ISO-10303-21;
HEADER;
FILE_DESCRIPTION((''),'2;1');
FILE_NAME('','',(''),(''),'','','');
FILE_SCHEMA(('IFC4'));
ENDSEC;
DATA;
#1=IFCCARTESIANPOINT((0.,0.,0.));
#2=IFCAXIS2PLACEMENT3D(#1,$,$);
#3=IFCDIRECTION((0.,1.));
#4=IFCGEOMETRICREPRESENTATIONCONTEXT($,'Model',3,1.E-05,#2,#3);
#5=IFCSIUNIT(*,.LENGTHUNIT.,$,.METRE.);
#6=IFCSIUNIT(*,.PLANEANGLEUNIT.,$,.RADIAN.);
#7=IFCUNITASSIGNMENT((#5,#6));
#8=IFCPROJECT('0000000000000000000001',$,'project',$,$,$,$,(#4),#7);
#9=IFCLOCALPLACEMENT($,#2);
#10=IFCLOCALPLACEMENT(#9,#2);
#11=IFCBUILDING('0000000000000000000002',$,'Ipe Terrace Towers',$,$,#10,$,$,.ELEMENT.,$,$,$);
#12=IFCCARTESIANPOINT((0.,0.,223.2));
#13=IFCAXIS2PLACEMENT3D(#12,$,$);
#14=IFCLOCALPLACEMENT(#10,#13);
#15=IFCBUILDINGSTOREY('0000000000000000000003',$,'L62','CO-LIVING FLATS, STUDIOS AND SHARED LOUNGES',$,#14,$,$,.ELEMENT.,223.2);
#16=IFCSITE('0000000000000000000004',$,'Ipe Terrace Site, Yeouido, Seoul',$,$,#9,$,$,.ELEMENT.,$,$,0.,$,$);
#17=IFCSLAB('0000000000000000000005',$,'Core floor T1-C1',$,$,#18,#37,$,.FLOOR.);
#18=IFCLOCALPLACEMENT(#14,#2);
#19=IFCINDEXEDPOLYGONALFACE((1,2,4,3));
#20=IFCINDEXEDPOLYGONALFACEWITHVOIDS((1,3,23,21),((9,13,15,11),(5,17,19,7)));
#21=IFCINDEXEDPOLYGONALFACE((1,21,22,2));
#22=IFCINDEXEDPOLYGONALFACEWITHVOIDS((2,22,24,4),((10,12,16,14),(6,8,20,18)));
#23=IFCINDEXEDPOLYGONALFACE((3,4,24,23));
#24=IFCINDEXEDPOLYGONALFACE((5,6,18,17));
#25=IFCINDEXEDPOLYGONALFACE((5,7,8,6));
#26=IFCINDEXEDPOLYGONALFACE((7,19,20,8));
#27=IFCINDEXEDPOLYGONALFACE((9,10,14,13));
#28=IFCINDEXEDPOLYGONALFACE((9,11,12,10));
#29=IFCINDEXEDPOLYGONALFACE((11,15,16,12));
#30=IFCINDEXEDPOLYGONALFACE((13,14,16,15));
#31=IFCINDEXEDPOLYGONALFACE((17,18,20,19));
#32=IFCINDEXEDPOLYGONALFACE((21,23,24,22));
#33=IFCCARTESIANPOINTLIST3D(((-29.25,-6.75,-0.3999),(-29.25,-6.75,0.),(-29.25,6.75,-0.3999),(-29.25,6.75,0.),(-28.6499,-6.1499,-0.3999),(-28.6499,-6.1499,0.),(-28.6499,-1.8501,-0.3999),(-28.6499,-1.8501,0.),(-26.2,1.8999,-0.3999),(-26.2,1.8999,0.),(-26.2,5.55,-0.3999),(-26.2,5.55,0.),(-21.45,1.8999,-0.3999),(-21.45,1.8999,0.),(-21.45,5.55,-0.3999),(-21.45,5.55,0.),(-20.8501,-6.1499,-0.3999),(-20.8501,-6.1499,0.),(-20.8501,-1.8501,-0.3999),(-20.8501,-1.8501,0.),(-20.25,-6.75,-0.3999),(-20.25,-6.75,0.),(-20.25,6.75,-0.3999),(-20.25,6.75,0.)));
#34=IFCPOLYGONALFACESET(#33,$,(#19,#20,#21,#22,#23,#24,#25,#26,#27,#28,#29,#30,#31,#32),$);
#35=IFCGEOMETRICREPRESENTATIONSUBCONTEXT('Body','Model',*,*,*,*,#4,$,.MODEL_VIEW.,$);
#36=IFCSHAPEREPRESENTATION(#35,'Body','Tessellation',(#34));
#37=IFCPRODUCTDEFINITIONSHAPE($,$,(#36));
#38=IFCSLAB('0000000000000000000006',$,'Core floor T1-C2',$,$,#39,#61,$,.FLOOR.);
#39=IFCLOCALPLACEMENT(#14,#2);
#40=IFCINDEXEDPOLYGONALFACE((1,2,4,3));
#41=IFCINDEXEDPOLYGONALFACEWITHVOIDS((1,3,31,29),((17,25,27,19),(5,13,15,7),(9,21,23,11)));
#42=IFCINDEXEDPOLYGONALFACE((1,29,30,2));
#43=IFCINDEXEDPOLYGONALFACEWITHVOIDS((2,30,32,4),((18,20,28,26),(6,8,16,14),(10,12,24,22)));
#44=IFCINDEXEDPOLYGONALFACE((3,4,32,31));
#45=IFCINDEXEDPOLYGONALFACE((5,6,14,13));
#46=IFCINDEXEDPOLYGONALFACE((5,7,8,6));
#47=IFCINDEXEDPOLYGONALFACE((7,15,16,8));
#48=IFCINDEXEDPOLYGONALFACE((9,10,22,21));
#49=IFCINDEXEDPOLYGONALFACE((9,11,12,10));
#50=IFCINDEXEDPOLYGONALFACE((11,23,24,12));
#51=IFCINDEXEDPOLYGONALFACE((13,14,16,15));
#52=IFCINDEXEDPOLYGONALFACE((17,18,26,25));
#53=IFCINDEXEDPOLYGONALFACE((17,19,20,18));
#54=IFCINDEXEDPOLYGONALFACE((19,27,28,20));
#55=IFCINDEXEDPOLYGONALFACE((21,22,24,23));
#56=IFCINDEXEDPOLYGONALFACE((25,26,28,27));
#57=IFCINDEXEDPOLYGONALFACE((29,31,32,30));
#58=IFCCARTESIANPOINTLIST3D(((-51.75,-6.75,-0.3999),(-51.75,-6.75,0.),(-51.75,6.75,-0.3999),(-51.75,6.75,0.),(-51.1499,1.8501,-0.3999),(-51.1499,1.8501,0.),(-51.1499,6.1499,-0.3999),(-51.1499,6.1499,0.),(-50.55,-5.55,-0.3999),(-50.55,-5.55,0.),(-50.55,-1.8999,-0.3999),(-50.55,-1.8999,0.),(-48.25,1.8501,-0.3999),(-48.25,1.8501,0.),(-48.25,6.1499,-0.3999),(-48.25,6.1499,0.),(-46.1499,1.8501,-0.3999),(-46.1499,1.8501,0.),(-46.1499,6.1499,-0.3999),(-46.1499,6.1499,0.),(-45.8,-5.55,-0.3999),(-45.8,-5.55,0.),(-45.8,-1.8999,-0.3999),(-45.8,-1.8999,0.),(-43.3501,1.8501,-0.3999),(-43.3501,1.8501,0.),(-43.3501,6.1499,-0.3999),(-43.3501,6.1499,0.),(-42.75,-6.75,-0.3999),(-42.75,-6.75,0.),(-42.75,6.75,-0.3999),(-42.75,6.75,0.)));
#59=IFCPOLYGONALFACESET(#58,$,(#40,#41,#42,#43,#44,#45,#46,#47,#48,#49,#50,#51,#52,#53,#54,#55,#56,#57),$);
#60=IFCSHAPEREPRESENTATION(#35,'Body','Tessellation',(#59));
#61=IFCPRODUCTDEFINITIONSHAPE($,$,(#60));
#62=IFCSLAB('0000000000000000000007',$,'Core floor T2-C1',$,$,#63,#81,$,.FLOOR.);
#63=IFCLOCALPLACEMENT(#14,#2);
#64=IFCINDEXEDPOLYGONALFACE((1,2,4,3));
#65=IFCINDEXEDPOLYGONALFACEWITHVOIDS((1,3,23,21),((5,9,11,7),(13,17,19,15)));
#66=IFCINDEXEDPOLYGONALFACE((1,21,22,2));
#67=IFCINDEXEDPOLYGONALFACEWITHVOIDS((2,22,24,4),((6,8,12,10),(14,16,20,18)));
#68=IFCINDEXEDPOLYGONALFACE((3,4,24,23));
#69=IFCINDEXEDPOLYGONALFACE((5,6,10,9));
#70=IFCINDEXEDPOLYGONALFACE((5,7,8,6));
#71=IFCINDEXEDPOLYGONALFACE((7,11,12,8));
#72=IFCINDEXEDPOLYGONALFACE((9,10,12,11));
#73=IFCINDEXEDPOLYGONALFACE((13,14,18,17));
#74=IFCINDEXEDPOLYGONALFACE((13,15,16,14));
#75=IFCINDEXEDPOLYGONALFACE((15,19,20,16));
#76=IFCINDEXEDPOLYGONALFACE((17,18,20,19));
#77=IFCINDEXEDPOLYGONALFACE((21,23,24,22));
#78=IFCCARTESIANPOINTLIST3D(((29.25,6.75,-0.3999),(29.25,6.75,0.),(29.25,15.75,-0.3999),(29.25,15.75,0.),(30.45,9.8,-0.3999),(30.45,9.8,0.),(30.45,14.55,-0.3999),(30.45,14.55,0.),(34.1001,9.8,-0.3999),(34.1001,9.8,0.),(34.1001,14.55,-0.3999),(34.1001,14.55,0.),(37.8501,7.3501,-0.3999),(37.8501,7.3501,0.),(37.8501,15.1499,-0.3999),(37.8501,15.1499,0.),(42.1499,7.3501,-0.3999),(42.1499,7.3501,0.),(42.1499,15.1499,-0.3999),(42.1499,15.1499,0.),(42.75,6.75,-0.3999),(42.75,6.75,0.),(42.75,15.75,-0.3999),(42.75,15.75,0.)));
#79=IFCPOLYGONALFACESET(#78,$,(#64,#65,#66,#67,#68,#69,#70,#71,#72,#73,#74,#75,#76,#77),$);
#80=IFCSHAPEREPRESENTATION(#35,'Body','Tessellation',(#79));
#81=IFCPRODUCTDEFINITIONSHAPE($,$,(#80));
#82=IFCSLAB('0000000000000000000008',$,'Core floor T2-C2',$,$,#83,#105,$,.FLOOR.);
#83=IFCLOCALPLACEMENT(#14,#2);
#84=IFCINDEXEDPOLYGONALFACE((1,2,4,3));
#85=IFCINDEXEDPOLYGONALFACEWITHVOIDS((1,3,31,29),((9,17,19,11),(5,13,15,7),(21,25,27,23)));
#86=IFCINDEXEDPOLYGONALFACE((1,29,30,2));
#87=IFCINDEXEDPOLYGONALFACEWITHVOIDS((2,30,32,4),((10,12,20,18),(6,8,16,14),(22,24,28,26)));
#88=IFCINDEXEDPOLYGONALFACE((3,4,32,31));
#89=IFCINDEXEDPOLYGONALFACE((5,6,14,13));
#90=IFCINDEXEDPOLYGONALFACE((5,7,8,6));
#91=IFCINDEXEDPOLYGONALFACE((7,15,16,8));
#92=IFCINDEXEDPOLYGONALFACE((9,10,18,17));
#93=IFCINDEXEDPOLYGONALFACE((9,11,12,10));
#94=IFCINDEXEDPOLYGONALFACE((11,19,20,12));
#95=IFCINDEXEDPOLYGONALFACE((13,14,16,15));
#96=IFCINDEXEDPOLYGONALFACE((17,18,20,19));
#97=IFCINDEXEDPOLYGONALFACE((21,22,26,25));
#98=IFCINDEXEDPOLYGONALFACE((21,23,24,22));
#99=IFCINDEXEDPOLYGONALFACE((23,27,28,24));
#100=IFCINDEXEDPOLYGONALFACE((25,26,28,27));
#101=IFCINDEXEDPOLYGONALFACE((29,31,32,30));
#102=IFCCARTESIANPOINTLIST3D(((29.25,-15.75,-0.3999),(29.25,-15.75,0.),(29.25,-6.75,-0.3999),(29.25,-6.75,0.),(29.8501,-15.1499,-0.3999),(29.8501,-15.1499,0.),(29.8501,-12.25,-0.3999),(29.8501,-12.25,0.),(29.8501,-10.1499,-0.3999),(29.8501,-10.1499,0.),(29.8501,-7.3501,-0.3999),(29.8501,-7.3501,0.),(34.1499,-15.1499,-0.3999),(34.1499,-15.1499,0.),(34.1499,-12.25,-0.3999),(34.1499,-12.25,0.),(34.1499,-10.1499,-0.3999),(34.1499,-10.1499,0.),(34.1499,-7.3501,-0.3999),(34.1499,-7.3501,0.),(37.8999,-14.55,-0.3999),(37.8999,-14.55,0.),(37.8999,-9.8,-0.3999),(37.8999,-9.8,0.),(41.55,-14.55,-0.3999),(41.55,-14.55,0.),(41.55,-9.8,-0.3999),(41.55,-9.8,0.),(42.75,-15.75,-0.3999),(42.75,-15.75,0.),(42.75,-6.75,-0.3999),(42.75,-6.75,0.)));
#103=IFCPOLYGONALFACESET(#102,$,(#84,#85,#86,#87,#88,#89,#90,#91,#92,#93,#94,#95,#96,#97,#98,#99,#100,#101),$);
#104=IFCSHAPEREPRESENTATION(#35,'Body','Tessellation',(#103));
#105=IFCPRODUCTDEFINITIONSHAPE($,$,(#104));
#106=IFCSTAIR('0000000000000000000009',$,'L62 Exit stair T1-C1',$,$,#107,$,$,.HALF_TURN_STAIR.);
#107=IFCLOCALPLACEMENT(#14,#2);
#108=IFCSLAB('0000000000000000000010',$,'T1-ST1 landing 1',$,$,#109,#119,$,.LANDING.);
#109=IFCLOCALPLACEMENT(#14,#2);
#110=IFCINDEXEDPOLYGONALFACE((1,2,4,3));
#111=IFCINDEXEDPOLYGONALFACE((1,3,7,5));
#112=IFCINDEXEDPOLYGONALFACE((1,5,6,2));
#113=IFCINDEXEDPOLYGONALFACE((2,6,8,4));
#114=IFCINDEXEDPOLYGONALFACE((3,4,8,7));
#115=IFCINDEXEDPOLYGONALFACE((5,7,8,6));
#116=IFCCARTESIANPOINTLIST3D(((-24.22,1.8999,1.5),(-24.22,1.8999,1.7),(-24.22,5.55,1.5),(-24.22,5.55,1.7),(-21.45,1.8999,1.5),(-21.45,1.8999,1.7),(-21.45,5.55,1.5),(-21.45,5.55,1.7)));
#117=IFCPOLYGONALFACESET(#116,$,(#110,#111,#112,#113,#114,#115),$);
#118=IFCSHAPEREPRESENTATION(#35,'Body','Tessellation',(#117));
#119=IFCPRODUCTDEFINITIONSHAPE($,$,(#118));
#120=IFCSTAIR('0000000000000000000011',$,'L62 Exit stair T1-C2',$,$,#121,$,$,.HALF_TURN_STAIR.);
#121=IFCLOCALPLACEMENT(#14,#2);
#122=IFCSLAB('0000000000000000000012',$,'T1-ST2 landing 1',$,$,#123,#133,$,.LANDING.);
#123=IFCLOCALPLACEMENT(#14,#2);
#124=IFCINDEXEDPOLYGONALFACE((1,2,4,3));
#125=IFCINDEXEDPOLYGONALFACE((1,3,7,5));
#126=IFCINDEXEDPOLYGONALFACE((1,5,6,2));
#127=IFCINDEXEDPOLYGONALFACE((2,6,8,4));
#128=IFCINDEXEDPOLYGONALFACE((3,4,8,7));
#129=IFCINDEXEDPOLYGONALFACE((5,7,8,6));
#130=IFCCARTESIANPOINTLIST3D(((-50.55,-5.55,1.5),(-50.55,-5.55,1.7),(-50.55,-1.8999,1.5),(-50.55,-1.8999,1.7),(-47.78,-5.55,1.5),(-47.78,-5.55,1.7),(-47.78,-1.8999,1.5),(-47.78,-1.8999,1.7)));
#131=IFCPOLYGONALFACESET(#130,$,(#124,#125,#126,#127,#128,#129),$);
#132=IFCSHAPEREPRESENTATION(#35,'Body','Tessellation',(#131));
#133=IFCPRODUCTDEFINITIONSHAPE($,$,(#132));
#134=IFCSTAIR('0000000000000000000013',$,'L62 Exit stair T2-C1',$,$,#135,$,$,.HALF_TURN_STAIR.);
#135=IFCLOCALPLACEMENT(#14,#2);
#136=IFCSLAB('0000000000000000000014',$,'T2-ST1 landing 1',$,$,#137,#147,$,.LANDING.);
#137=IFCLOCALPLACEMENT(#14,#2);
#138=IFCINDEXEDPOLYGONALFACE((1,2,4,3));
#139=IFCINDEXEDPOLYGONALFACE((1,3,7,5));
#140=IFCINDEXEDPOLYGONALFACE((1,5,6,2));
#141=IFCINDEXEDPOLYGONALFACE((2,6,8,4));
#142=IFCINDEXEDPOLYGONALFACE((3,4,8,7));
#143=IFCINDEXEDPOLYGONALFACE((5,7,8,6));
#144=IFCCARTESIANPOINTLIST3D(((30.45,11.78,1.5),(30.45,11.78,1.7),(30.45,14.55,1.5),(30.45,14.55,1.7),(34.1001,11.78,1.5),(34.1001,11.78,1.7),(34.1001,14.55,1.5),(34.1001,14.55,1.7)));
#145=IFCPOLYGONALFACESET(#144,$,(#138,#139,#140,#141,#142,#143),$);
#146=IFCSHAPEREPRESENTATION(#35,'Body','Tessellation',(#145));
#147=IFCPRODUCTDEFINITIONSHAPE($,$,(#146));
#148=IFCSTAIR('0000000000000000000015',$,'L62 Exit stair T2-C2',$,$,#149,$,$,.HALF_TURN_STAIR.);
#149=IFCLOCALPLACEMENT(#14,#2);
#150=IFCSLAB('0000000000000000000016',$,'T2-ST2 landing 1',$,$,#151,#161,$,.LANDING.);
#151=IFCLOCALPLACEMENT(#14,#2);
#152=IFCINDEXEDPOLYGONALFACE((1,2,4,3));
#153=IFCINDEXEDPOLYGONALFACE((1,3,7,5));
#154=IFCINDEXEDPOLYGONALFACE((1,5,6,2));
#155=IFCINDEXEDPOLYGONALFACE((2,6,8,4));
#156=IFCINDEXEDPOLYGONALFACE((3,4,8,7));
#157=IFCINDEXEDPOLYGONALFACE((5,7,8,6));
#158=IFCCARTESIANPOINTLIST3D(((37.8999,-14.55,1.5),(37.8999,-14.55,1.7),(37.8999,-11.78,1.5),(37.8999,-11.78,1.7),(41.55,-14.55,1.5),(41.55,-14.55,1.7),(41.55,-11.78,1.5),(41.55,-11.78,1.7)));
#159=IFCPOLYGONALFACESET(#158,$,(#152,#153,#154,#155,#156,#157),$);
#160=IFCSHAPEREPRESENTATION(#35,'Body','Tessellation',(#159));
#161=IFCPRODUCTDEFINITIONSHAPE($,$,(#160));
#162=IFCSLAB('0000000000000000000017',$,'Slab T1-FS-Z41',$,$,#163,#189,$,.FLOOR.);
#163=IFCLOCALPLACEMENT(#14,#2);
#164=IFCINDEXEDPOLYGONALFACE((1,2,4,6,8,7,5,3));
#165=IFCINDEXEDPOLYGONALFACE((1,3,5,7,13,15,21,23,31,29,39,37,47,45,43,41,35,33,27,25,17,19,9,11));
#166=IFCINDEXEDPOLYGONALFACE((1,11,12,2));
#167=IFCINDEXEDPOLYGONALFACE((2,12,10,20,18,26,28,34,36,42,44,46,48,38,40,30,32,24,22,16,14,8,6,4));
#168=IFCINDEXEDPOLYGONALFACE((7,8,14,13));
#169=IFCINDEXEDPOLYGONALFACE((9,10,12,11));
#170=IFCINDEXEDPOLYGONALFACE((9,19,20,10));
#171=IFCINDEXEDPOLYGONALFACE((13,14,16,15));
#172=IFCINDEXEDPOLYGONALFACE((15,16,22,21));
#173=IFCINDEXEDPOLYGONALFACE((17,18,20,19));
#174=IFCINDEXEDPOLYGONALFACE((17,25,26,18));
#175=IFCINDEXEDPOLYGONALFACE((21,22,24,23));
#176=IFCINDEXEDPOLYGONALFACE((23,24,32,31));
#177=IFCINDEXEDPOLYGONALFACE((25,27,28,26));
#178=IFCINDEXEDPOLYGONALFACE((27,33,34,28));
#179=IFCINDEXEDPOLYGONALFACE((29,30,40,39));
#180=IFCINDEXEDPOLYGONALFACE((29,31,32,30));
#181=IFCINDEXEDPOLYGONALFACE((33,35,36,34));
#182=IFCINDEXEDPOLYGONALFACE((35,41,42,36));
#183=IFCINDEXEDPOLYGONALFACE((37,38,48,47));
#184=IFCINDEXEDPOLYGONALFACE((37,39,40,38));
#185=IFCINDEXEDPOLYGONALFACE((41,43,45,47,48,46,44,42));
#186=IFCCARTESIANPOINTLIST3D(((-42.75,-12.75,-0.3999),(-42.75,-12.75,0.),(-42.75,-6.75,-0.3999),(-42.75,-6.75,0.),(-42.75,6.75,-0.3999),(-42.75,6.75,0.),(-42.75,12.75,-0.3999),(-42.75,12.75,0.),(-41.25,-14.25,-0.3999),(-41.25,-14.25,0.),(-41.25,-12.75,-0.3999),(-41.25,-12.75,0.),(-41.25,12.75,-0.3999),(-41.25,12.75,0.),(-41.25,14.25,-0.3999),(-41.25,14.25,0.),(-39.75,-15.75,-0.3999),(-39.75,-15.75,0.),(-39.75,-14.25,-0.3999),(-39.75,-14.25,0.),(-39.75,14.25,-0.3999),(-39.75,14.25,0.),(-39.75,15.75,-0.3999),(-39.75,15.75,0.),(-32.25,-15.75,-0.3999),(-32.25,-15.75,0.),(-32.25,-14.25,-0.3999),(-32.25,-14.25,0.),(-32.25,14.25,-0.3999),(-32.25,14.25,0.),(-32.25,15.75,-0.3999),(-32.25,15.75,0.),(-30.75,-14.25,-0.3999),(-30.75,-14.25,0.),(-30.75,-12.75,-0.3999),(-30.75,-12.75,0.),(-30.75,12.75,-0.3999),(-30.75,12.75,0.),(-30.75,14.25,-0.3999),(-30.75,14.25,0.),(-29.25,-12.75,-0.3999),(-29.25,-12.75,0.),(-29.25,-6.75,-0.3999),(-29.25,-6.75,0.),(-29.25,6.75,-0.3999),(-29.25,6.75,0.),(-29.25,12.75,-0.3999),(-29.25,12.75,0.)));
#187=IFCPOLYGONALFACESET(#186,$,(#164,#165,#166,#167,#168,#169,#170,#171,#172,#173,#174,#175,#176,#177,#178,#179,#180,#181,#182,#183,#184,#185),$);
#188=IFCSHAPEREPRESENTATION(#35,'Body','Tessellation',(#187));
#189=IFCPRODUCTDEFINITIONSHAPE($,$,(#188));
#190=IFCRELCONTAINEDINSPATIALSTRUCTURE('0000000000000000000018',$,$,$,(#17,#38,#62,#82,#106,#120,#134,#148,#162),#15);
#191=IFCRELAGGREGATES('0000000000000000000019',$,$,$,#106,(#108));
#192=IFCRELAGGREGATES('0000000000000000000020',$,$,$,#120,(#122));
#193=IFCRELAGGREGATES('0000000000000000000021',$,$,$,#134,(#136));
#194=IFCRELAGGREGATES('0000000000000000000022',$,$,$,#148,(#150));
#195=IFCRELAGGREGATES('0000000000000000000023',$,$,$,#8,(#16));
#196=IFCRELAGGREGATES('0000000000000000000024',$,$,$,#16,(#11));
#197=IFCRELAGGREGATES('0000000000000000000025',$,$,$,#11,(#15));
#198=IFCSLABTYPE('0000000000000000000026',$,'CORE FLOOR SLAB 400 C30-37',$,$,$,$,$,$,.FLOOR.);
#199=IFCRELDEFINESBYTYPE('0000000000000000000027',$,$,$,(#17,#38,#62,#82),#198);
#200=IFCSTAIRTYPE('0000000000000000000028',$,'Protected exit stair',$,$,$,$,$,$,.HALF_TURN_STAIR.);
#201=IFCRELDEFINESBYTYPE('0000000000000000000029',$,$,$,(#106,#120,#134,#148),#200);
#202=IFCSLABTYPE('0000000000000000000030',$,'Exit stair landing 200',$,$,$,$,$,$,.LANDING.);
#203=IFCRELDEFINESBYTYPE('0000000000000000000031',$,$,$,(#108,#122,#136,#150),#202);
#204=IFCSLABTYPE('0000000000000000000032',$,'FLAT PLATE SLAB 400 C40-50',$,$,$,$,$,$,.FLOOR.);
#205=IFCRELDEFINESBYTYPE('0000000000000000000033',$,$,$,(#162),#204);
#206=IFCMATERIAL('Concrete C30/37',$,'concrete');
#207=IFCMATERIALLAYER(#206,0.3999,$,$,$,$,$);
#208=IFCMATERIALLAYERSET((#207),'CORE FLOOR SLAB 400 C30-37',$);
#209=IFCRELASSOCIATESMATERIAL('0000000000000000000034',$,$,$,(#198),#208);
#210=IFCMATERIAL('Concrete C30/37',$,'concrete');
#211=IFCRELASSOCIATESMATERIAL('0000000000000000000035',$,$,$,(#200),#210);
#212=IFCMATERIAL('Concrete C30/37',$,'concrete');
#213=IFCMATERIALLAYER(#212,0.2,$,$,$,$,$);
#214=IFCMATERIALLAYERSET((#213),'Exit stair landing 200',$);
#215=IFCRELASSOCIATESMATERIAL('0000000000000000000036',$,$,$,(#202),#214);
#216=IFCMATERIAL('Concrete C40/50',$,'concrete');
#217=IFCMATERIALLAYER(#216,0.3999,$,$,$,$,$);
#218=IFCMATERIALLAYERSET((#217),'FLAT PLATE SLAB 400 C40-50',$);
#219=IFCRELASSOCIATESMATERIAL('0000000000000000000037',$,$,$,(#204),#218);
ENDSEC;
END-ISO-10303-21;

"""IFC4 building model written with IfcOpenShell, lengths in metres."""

from ifc_helpers import new_model, si_unit, direction, frame, origin, place, context, subcontext, project, spatial, polyline, outline, extrude, material, layer, layer_set, type_object, element, aggregate, save


model = new_model("IFC4")

# Units and contexts
model_context = context("Model", 3, precision=1e-05, world=origin(), true_north=direction((0.0, 1.0)))
body_context = subcontext(model_context, "Body", "Model", "MODEL_VIEW")
ifc_project = project(units=[si_unit("LENGTHUNIT", "METRE"), si_unit("PLANEANGLEUNIT", "RADIAN")], contexts=[model_context])

# Site, building, storey
site_placement = place(None, origin())
site = spatial("IfcSite", under=ifc_project, at=site_placement, Name="Ipe Terrace Site, Yeouido, Seoul", CompositionType="ELEMENT", RefElevation=0.0)
building_placement = place(site_placement, origin())
building = spatial("IfcBuilding", under=site, at=building_placement, Name="Ipe Terrace Towers", CompositionType="ELEMENT")
storey_placement = place(building_placement, frame((0.0, 0.0, 223.2)))
storey = spatial("IfcBuildingStorey", under=building, at=storey_placement, Name="L62", Description="CO-LIVING FLATS, STUDIOS AND SHARED LOUNGES", CompositionType="ELEMENT", Elevation=223.2)

# Slabs
ifc_material_1 = material(Name="Concrete C30/37", Category="concrete")
ifc_layer_1 = layer(ifc_material_1, 0.3999)
ifc_layer_set_1 = layer_set([ifc_layer_1], Name="CORE FLOOR SLAB 400 C30-37")
slab_type_1 = type_object("IfcSlabType", Name="CORE FLOOR SLAB 400 C30-37", PredefinedType="FLOOR", material=ifc_layer_set_1)
slab_1_placement = place(storey_placement, frame((0.0, 0.0, -0.3999)))
element("IfcSlab", 1, at=slab_1_placement, inside=storey, type_object=slab_type_1, Name="Core floor T1-C1", PredefinedType="FLOOR", context=body_context, shape_type="SweptSolid", body=[
    extrude(outline(polyline([(-29.25, -6.75), (-29.25, 6.75), (-20.25, 6.75), (-20.25, -6.75), (-29.25, -6.75)]), holes=[polyline([(-28.6499, -6.1499), (-20.8501, -6.1499), (-20.8501, -1.8501), (-28.6499, -1.8501), (-28.6499, -6.1499)]), polyline([(-26.2, 5.55), (-26.2, 1.8999), (-21.45, 1.8999), (-21.45, 5.55), (-26.2, 5.55)])]), origin(), (0.0, 0.0, 1.0), 0.3999),
])
slab_2_placement = place(storey_placement, frame((0.0, 0.0, -0.3999)))
element("IfcSlab", 2, at=slab_2_placement, inside=storey, type_object=slab_type_1, Name="Core floor T1-C2", PredefinedType="FLOOR", context=body_context, shape_type="SweptSolid", body=[
    extrude(outline(polyline([(-51.75, -6.75), (-51.75, 6.75), (-42.75, 6.75), (-42.75, -6.75), (-51.75, -6.75)]), holes=[polyline([(-45.8, -1.8999), (-50.55, -1.8999), (-50.55, -5.55), (-45.8, -5.55), (-45.8, -1.8999)]), polyline([(-48.25, 1.8501), (-48.25, 6.1499), (-51.1499, 6.1499), (-51.1499, 1.8501), (-48.25, 1.8501)]), polyline([(-43.3501, 1.8501), (-43.3501, 6.1499), (-46.1499, 6.1499), (-46.1499, 1.8501), (-43.3501, 1.8501)])]), origin(), (0.0, 0.0, 1.0), 0.3999),
])
slab_3_placement = place(storey_placement, frame((0.0, 0.0, -0.3999)))
element("IfcSlab", 3, at=slab_3_placement, inside=storey, type_object=slab_type_1, Name="Core floor T2-C1", PredefinedType="FLOOR", context=body_context, shape_type="SweptSolid", body=[
    extrude(outline(polyline([(29.25, 6.75), (29.25, 15.75), (42.75, 15.75), (42.75, 6.75), (29.25, 6.75)]), holes=[polyline([(42.1499, 7.3501), (42.1499, 15.1499), (37.8501, 15.1499), (37.8501, 7.3501), (42.1499, 7.3501)]), polyline([(30.45, 9.8), (34.1001, 9.8), (34.1001, 14.55), (30.45, 14.55), (30.45, 9.8)])]), origin(), (0.0, 0.0, 1.0), 0.3999),
])
slab_4_placement = place(storey_placement, frame((0.0, 0.0, -0.3999)))
element("IfcSlab", 4, at=slab_4_placement, inside=storey, type_object=slab_type_1, Name="Core floor T2-C2", PredefinedType="FLOOR", context=body_context, shape_type="SweptSolid", body=[
    extrude(outline(polyline([(29.25, -15.75), (29.25, -6.75), (42.75, -6.75), (42.75, -15.75), (29.25, -15.75)]), holes=[polyline([(29.8501, -12.25), (29.8501, -15.1499), (34.1499, -15.1499), (34.1499, -12.25), (29.8501, -12.25)]), polyline([(41.55, -9.8), (37.8999, -9.8), (37.8999, -14.55), (41.55, -14.55), (41.55, -9.8)]), polyline([(34.1499, -7.3501), (29.8501, -7.3501), (29.8501, -10.1499), (34.1499, -10.1499), (34.1499, -7.3501)])]), origin(), (0.0, 0.0, 1.0), 0.3999),
])

# Stairs, slabs
ifc_material_2 = material(Name="Concrete C30/37", Category="concrete")
stair_type = type_object("IfcStairType", Name="Protected exit stair", PredefinedType="HALF_TURN_STAIR", material=ifc_material_2)
stair_1_placement = place(storey_placement, origin())
stair_1 = element("IfcStair", 5, at=stair_1_placement, inside=storey, type_object=stair_type, Name="L62 Exit stair T1-C1", PredefinedType="HALF_TURN_STAIR")
ifc_material_3 = material(Name="Concrete C30/37", Category="concrete")
ifc_layer_2 = layer(ifc_material_3, 0.2)
ifc_layer_set_2 = layer_set([ifc_layer_2], Name="Exit stair landing 200")
slab_type_2 = type_object("IfcSlabType", Name="Exit stair landing 200", PredefinedType="LANDING", material=ifc_layer_set_2)
slab_5_placement = place(storey_placement, frame((0.0, 0.0, 1.5)))
slab_5 = element("IfcSlab", 6, at=slab_5_placement, type_object=slab_type_2, Name="T1-ST1 landing 1", PredefinedType="LANDING", context=body_context, shape_type="SweptSolid", body=[
    extrude(outline(polyline([(-24.22, 1.8999), (-21.45, 1.8999), (-21.45, 5.55), (-24.22, 5.55), (-24.22, 1.8999)])), origin(), (0.0, 0.0, 1.0), 0.2),
])
aggregate(stair_1, [slab_5])
stair_2_placement = place(storey_placement, origin())
stair_2 = element("IfcStair", 7, at=stair_2_placement, inside=storey, type_object=stair_type, Name="L62 Exit stair T1-C2", PredefinedType="HALF_TURN_STAIR")
slab_6_placement = place(storey_placement, frame((0.0, 0.0, 1.5)))
slab_6 = element("IfcSlab", 8, at=slab_6_placement, type_object=slab_type_2, Name="T1-ST2 landing 1", PredefinedType="LANDING", context=body_context, shape_type="SweptSolid", body=[
    extrude(outline(polyline([(-47.78, -1.8999), (-50.55, -1.8999), (-50.55, -5.55), (-47.78, -5.55), (-47.78, -1.8999)])), origin(), (0.0, 0.0, 1.0), 0.2),
])
aggregate(stair_2, [slab_6])
stair_3_placement = place(storey_placement, origin())
stair_3 = element("IfcStair", 9, at=stair_3_placement, inside=storey, type_object=stair_type, Name="L62 Exit stair T2-C1", PredefinedType="HALF_TURN_STAIR")
slab_7_placement = place(storey_placement, frame((0.0, 0.0, 1.5)))
slab_7 = element("IfcSlab", 10, at=slab_7_placement, type_object=slab_type_2, Name="T2-ST1 landing 1", PredefinedType="LANDING", context=body_context, shape_type="SweptSolid", body=[
    extrude(outline(polyline([(34.1001, 11.78), (34.1001, 14.55), (30.45, 14.55), (30.45, 11.78), (34.1001, 11.78)])), origin(), (0.0, 0.0, 1.0), 0.2),
])
aggregate(stair_3, [slab_7])
stair_4_placement = place(storey_placement, origin())
stair_4 = element("IfcStair", 11, at=stair_4_placement, inside=storey, type_object=stair_type, Name="L62 Exit stair T2-C2", PredefinedType="HALF_TURN_STAIR")
slab_8_placement = place(storey_placement, frame((0.0, 0.0, 1.5)))
slab_8 = element("IfcSlab", 12, at=slab_8_placement, type_object=slab_type_2, Name="T2-ST2 landing 1", PredefinedType="LANDING", context=body_context, shape_type="SweptSolid", body=[
    extrude(outline(polyline([(37.8999, -11.78), (37.8999, -14.55), (41.55, -14.55), (41.55, -11.78), (37.8999, -11.78)])), origin(), (0.0, 0.0, 1.0), 0.2),
])
aggregate(stair_4, [slab_8])

# Slab
ifc_material_4 = material(Name="Concrete C40/50", Category="concrete")
ifc_layer_3 = layer(ifc_material_4, 0.3999)
ifc_layer_set_3 = layer_set([ifc_layer_3], Name="FLAT PLATE SLAB 400 C40-50")
slab_type_3 = type_object("IfcSlabType", Name="FLAT PLATE SLAB 400 C40-50", PredefinedType="FLOOR", material=ifc_layer_set_3)
slab_9_placement = place(storey_placement, frame((0.0, 0.0, -0.3999)))
element("IfcSlab", 13, at=slab_9_placement, inside=storey, type_object=slab_type_3, Name="Slab T1-FS-Z41", PredefinedType="FLOOR", context=body_context, shape_type="SweptSolid", body=[
    extrude(outline(polyline([(-30.75, -12.75), (-30.75, -14.25), (-32.25, -14.25), (-32.25, -15.75), (-39.75, -15.75), (-39.75, -14.25), (-41.25, -14.25), (-41.25, -12.75), (-42.75, -12.75), (-42.75, -6.75), (-42.75, 6.75), (-42.75, 12.75), (-41.25, 12.75), (-41.25, 14.25), (-39.75, 14.25), (-39.75, 15.75), (-32.25, 15.75), (-32.25, 14.25), (-30.75, 14.25), (-30.75, 12.75), (-29.25, 12.75), (-29.25, 6.75), (-29.25, -6.75), (-29.25, -12.75), (-30.75, -12.75)])), origin(), (0.0, 0.0, 1.0), 0.3999),
])

save(model, "model.ifc")
